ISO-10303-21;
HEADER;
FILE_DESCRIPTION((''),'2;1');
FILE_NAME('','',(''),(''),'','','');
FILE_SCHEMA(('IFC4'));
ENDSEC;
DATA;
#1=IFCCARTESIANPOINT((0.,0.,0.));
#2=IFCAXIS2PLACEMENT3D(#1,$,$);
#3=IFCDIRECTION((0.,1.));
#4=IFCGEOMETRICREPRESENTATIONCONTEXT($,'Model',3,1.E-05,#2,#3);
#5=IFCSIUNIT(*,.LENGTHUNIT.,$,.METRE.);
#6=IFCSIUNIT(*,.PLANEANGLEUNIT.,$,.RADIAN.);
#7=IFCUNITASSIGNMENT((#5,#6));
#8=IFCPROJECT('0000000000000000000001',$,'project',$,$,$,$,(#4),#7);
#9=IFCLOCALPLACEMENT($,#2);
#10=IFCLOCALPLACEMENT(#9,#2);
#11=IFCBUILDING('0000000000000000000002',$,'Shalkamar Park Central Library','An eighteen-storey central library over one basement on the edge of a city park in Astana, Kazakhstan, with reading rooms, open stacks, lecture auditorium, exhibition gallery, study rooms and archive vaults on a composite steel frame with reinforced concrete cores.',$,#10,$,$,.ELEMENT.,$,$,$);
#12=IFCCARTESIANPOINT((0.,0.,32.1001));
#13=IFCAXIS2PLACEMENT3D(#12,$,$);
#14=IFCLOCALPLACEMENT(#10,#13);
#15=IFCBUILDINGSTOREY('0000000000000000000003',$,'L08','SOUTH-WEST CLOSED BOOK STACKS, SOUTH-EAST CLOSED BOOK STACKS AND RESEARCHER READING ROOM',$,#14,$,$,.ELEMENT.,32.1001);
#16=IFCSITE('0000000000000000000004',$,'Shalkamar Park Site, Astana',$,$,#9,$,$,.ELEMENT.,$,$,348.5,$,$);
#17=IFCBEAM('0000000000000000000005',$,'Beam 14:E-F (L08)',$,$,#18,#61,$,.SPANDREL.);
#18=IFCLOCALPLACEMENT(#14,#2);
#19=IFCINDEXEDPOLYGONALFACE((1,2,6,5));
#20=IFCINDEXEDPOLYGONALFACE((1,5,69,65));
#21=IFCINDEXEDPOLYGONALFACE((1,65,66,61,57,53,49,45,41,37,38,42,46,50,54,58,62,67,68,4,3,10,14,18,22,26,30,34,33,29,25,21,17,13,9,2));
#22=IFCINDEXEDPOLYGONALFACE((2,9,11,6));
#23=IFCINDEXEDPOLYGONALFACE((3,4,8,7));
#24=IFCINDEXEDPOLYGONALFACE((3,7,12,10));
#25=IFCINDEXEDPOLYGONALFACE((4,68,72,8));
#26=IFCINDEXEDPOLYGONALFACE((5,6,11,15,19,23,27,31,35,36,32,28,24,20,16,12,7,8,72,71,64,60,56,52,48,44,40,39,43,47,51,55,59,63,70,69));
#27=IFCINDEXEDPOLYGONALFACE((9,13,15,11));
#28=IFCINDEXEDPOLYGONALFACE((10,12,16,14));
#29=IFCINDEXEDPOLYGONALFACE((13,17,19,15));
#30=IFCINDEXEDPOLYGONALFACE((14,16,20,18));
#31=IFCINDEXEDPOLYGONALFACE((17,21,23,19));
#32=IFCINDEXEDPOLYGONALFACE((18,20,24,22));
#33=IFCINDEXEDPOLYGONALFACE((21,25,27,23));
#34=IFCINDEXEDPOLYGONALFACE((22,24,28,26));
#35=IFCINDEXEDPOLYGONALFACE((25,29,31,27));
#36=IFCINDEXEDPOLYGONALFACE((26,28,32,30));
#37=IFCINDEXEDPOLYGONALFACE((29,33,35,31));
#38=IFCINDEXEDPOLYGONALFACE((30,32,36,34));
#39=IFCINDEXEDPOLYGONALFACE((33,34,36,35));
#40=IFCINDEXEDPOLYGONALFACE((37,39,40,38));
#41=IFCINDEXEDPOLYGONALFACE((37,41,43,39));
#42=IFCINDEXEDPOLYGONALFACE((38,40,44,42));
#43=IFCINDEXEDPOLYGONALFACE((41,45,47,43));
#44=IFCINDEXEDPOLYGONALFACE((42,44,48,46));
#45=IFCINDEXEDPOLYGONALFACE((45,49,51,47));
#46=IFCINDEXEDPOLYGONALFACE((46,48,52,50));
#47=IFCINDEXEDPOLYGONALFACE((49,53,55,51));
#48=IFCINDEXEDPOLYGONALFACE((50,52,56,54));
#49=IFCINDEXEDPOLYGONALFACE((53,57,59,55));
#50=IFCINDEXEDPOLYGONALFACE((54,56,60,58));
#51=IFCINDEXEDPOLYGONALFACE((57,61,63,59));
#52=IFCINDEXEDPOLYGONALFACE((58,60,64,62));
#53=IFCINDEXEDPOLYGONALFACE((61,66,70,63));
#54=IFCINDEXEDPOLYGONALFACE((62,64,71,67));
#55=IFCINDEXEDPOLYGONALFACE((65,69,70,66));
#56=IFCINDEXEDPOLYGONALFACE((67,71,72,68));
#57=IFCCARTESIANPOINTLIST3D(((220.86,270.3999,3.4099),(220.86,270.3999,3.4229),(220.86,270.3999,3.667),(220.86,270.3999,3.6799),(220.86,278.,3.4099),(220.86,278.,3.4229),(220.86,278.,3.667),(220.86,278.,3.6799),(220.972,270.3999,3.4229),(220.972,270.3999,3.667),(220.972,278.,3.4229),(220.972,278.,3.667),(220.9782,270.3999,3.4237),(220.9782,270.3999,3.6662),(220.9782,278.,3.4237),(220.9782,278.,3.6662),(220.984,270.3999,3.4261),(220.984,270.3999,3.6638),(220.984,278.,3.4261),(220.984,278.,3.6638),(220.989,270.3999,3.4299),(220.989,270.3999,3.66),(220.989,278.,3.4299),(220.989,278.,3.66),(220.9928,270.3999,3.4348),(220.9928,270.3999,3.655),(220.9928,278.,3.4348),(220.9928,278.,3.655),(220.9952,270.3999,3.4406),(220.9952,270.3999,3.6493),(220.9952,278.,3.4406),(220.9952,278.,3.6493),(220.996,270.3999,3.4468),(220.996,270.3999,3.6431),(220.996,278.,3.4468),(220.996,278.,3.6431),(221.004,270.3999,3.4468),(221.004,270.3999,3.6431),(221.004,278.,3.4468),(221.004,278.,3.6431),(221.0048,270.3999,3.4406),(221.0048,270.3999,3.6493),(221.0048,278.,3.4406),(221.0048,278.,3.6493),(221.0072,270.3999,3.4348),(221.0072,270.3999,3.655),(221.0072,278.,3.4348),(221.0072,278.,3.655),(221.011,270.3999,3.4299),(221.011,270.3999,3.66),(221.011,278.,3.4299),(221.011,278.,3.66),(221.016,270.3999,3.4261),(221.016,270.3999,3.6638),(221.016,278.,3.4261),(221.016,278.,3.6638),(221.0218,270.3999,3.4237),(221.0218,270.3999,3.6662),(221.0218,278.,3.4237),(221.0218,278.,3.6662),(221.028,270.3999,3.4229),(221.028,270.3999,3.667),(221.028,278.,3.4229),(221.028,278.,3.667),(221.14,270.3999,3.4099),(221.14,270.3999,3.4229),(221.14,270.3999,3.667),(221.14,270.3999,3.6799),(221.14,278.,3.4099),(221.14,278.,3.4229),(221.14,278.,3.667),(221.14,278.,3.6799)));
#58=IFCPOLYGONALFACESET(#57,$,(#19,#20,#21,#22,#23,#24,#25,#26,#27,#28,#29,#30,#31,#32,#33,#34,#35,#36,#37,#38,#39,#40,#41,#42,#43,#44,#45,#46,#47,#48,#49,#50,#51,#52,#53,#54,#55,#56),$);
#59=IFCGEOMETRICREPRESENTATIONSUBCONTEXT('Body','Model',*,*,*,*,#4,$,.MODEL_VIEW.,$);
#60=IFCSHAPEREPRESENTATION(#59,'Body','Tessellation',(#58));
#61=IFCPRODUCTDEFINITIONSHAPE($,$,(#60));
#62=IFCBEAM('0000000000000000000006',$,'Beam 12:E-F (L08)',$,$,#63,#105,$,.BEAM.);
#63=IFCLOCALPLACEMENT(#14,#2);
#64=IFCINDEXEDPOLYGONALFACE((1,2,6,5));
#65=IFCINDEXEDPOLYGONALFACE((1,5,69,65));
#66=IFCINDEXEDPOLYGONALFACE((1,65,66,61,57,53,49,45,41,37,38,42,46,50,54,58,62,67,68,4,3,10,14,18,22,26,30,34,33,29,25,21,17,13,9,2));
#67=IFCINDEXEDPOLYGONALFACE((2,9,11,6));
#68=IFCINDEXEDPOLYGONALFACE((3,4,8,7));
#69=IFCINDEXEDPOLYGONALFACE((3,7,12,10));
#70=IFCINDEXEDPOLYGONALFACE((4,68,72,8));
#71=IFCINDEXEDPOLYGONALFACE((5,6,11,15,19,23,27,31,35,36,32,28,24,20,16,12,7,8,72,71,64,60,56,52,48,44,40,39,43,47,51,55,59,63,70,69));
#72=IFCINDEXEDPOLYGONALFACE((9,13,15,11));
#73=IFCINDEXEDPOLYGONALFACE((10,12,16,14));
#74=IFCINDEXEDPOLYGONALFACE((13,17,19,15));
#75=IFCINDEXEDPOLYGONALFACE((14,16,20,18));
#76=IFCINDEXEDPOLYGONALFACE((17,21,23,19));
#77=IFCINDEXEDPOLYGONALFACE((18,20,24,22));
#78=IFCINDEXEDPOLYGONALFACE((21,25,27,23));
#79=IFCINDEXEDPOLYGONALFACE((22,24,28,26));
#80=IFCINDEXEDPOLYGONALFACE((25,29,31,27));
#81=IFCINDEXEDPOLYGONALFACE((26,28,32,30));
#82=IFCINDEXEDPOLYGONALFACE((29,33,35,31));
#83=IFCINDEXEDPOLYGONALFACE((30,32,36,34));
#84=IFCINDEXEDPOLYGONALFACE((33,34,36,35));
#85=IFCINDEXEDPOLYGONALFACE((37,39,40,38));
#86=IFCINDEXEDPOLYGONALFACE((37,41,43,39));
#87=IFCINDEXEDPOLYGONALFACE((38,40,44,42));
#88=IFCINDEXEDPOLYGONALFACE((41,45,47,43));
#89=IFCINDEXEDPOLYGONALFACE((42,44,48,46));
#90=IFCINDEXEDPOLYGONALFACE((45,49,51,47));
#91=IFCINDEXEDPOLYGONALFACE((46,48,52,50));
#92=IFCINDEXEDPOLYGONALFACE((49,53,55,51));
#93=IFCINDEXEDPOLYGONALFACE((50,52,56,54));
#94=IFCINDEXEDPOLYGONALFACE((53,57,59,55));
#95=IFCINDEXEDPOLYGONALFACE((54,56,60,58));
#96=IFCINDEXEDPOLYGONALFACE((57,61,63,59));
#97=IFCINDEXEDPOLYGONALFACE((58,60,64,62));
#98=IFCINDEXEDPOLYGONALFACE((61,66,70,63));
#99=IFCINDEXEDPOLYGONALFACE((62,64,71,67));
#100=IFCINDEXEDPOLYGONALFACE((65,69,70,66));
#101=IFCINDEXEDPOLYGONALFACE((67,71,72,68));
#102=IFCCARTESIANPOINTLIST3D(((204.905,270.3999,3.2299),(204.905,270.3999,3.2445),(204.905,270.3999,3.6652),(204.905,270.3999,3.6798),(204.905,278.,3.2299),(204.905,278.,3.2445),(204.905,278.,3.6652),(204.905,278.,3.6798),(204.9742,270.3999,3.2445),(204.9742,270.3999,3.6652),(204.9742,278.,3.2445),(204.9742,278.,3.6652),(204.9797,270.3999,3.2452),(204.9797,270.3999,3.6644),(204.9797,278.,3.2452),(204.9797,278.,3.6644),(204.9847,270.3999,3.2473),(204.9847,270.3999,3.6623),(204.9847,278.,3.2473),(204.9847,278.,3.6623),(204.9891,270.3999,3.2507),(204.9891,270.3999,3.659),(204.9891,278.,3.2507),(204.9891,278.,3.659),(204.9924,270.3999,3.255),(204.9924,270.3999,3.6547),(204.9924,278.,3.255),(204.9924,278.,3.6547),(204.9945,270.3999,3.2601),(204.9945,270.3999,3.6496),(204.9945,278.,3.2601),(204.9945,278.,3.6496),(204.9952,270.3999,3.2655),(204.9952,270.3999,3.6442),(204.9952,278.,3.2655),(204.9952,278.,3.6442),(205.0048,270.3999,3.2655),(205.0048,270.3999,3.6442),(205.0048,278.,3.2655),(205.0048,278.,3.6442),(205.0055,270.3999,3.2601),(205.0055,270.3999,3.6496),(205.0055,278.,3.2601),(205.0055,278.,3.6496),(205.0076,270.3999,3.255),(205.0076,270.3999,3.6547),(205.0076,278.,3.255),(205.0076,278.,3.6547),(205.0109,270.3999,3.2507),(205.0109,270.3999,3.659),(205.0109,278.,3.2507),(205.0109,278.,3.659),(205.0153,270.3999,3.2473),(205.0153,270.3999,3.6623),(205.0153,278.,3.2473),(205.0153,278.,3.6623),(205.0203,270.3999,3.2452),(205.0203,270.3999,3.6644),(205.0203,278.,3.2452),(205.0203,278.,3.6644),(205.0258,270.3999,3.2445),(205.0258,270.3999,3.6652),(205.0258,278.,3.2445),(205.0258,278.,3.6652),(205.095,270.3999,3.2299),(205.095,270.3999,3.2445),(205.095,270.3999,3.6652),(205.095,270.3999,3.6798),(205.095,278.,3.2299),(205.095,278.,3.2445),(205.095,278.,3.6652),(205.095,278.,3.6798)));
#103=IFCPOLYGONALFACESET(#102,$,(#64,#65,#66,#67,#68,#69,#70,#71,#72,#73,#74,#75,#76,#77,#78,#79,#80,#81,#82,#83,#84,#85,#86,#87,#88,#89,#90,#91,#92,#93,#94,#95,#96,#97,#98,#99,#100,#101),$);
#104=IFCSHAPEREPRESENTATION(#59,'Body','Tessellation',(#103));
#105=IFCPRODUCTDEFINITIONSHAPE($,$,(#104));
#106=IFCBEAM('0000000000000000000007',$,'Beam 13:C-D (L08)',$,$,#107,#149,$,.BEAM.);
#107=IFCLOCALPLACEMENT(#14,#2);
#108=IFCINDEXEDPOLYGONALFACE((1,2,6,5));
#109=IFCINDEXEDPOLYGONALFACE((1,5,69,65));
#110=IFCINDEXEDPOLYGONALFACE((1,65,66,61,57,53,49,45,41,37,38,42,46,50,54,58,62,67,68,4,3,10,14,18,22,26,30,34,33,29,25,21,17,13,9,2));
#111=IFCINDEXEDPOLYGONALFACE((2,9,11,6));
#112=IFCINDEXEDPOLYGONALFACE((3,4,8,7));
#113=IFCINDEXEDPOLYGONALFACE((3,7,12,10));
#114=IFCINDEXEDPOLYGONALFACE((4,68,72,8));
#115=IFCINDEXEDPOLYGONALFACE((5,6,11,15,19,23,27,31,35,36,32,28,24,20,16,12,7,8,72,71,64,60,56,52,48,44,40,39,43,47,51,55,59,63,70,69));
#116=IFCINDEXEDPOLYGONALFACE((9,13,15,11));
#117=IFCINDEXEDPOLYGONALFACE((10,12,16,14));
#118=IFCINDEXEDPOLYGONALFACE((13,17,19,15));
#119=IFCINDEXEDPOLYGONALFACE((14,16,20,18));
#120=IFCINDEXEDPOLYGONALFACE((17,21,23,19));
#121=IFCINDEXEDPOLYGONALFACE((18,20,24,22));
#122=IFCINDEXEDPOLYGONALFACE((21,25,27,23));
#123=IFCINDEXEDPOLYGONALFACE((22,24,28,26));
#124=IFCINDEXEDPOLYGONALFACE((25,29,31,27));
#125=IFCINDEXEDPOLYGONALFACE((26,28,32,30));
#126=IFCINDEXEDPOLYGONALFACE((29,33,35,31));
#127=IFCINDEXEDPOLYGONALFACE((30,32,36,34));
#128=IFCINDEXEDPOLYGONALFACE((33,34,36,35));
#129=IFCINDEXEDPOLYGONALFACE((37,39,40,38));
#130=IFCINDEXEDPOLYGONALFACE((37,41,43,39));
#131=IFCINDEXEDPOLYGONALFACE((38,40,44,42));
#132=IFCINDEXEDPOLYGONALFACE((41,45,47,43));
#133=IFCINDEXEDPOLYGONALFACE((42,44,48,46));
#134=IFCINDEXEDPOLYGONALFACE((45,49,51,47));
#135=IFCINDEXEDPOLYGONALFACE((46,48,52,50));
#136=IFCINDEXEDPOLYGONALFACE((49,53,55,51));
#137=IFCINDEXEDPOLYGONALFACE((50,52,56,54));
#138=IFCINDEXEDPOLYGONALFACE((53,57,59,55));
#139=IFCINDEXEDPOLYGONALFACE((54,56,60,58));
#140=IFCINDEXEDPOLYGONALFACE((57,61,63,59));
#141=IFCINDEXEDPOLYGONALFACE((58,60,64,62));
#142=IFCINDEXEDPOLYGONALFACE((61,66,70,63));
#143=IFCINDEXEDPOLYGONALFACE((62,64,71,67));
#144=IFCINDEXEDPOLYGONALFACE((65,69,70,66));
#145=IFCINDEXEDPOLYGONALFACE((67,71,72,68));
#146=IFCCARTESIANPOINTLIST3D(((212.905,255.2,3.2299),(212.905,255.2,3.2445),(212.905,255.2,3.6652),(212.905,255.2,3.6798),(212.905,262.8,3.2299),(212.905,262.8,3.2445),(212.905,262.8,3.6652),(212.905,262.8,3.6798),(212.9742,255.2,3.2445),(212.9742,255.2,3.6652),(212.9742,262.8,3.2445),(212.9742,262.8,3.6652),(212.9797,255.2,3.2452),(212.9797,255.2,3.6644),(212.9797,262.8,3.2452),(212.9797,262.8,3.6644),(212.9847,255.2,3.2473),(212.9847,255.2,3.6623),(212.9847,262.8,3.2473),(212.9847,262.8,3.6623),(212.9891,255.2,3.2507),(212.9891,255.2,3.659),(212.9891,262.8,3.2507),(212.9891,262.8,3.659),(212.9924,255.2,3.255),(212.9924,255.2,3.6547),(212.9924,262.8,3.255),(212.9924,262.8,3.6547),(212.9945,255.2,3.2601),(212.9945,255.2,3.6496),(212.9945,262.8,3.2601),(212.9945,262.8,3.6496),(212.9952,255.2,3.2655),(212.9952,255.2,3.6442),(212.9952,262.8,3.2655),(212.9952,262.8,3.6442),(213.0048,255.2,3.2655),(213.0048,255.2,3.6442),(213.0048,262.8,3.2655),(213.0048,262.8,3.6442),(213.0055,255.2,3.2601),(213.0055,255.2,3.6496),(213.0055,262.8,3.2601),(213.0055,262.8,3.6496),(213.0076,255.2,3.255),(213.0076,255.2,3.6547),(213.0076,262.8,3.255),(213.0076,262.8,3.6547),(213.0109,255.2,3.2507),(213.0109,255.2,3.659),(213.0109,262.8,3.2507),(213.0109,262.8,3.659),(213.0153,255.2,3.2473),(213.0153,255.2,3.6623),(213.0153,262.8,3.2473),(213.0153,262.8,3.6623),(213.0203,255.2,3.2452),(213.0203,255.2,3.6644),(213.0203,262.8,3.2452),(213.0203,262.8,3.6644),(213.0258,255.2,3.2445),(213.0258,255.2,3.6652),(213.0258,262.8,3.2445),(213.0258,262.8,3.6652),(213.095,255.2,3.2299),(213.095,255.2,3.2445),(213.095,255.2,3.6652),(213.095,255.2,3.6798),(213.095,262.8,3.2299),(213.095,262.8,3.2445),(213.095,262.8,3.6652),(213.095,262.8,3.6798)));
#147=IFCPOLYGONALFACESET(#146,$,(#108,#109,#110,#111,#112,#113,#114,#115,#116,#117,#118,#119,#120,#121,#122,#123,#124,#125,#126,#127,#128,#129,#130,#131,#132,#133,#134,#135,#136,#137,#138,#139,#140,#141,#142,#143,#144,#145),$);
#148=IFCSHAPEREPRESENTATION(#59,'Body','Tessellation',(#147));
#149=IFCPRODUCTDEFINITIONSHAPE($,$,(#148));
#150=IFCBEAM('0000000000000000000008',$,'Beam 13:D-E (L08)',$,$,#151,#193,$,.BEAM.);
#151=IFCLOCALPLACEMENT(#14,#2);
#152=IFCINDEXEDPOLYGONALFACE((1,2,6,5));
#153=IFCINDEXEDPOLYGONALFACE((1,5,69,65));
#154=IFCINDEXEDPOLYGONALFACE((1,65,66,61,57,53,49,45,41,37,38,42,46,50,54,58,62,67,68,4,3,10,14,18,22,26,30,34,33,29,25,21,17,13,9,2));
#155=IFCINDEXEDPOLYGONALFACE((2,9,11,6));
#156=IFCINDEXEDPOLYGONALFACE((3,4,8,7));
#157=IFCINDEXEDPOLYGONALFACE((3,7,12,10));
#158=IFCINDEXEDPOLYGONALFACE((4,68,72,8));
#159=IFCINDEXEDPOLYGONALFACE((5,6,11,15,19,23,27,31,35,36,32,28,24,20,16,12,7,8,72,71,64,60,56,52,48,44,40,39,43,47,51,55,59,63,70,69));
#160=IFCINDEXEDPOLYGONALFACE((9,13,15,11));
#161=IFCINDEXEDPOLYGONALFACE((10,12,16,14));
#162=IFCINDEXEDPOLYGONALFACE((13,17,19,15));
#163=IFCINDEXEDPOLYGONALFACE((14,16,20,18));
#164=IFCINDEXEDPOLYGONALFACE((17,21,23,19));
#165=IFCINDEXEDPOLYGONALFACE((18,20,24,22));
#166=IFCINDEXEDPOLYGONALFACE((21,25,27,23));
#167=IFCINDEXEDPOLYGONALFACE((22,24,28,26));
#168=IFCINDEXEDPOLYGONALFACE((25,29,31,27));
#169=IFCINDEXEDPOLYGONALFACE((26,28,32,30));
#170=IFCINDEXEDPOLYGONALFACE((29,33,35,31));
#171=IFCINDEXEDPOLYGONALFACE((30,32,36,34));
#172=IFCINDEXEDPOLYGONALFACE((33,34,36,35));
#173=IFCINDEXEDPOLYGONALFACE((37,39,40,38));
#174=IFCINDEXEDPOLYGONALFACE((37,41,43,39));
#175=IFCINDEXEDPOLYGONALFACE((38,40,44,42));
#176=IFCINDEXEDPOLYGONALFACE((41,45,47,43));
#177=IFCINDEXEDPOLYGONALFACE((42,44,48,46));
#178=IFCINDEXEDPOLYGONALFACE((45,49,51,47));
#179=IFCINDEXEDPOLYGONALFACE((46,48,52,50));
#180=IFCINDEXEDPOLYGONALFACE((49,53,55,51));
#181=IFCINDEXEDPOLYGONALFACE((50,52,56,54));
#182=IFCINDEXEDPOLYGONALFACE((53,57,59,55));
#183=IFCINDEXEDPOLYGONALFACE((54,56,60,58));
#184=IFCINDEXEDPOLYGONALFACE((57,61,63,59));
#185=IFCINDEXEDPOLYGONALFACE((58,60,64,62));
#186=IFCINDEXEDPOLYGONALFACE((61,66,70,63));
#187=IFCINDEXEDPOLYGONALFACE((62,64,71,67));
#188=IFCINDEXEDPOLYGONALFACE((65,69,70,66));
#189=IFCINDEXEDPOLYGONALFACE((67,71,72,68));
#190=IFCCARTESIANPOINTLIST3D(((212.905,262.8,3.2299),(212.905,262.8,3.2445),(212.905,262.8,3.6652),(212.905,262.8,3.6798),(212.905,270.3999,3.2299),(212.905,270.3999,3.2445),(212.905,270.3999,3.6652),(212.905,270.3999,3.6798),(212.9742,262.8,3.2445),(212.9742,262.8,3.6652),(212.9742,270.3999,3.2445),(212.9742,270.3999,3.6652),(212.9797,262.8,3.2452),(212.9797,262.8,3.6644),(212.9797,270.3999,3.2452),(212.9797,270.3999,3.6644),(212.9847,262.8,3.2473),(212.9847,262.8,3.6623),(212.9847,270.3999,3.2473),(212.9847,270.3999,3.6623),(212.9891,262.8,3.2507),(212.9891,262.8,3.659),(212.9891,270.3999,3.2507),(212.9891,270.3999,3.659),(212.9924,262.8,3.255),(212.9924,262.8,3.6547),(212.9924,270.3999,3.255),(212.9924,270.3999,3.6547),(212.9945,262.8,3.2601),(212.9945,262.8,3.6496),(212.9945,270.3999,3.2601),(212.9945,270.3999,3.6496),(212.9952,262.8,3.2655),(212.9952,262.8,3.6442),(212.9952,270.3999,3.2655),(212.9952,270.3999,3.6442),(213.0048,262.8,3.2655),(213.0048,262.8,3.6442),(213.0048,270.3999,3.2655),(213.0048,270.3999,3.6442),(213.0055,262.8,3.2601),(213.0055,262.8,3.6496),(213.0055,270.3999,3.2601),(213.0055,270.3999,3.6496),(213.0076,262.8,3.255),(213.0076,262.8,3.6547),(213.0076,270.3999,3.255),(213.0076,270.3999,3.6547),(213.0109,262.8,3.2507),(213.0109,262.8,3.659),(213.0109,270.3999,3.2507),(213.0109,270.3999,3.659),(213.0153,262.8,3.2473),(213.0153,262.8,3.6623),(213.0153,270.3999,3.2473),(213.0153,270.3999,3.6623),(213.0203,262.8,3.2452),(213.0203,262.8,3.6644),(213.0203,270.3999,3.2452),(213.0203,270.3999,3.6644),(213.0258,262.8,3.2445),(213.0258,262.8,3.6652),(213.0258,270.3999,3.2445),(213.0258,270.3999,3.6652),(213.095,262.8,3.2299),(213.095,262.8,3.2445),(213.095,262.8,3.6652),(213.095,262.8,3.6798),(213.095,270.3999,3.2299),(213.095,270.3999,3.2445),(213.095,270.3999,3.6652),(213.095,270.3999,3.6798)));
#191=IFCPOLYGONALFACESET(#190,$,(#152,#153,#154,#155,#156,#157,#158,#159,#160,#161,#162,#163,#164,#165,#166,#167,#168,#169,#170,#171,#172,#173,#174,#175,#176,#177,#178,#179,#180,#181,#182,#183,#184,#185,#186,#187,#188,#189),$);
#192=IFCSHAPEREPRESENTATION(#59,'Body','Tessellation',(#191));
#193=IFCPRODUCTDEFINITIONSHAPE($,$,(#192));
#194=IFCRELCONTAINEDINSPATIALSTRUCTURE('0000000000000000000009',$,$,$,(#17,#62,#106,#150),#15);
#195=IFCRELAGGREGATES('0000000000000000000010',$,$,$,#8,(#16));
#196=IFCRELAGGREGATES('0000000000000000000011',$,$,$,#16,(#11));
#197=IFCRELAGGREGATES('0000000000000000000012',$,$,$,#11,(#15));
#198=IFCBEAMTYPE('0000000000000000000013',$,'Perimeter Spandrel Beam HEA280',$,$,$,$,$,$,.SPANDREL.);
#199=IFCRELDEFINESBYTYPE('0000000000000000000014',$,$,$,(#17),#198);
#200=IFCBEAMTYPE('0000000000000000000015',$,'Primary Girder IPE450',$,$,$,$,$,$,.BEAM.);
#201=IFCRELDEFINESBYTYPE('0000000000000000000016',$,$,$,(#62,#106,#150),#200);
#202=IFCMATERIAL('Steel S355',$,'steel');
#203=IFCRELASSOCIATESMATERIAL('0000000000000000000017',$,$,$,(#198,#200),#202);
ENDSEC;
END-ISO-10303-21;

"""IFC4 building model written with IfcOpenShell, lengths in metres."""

from ifc_helpers import new_model, si_unit, direction, frame, origin, origin_2d, place, context, subcontext, project, spatial, i_section, extrude, material, material_profile, profile_set, type_object, element, save


model = new_model("IFC4")

# Units and contexts
model_context = context("Model", 3, precision=1e-05, world=origin(), true_north=direction((0.0, 1.0)))
body_context = subcontext(model_context, "Body", "Model", "MODEL_VIEW")
ifc_project = project(units=[si_unit("LENGTHUNIT", "METRE"), si_unit("PLANEANGLEUNIT", "RADIAN")], contexts=[model_context])

# Site, building, storey
site_placement = place(None, origin())
site = spatial("IfcSite", under=ifc_project, at=site_placement, Name="Shalkamar Park Site, Astana", CompositionType="ELEMENT", RefElevation=348.5)
building_placement = place(site_placement, origin())
building = spatial("IfcBuilding", under=site, at=building_placement, Name="Shalkamar Park Central Library", Description="An eighteen-storey central library over one basement on the edge of a city park in Astana, Kazakhstan, with reading rooms, open stacks, lecture auditorium, exhibition gallery, study rooms and archive vaults on a composite steel frame with reinforced concrete cores.", CompositionType="ELEMENT")
storey_placement = place(building_placement, frame((0.0, 0.0, 32.1001)))
storey = spatial("IfcBuildingStorey", under=building, at=storey_placement, Name="L08", Description="SOUTH-WEST CLOSED BOOK STACKS, SOUTH-EAST CLOSED BOOK STACKS AND RESEARCHER READING ROOM", CompositionType="ELEMENT", Elevation=32.1001)

# Shared definitions
ifc_material_1 = material(Name="Steel S355", Category="steel")

# Beams
ifc_material_profile_1 = material_profile(ifc_material_1, i_section(OverallWidth=0.28, OverallDepth=0.27, WebThickness=0.0081, FlangeThickness=0.0129, FilletRadius=0.0239, at=origin_2d()), Name="HEA 280")
ifc_profile_set_1 = profile_set([ifc_material_profile_1], Name="Steel S355")
beam_type_1 = type_object("IfcBeamType", Name="Perimeter Spandrel Beam HEA280", PredefinedType="SPANDREL", material=ifc_profile_set_1)
beam_1_placement = place(storey_placement, frame((221.0, 270.3999, 3.5449), z_axis=(0.0, 1.0, 0.0), x_axis=(-1.0, 0.0, 0.0)))
element("IfcBeam", 1, at=beam_1_placement, inside=storey, type_object=beam_type_1, Name="Beam 14:E-F (L08)", PredefinedType="SPANDREL", context=body_context, shape_type="SweptSolid", body=[
    extrude(i_section(OverallWidth=0.28, OverallDepth=0.27, WebThickness=0.0081, FlangeThickness=0.0129, FilletRadius=0.0239, at=origin_2d()), origin(), (0.0, 0.0, 1.0), 7.6001),
])
ifc_material_profile_2 = material_profile(ifc_material_1, i_section(OverallWidth=0.1899, OverallDepth=0.45, WebThickness=0.0095, FlangeThickness=0.0146, FilletRadius=0.021, at=origin_2d()), Name="IPE 450")
ifc_profile_set_2 = profile_set([ifc_material_profile_2], Name="Steel S355")
beam_type_2 = type_object("IfcBeamType", Name="Primary Girder IPE450", PredefinedType="BEAM", material=ifc_profile_set_2)
for number, where, z_axis, x_axis, name in (
    (2, (205.0, 270.3999, 3.4548), (0.0, 1.0, 0.0), (-1.0, 0.0, 0.0), "Beam 12:E-F (L08)"),
    (3, (213.0, 255.2, 3.4548), (0.0, 1.0, 0.0), (-1.0, 0.0, 0.0), "Beam 13:C-D (L08)"),
):
    element("IfcBeam", number, at=place(storey_placement, frame(where, z_axis=z_axis, x_axis=x_axis)), inside=storey, type_object=beam_type_2, Name=name, PredefinedType="BEAM", context=body_context, shape_type="SweptSolid", body=[
        extrude(i_section(OverallWidth=0.1899, OverallDepth=0.45, WebThickness=0.0095, FlangeThickness=0.0146, FilletRadius=0.021, at=origin_2d()), origin(), (0.0, 0.0, 1.0), 7.6001),
    ])
beam_2_placement = place(storey_placement, frame((213.0, 262.8, 3.4548), z_axis=(0.0, 1.0, 0.0), x_axis=(-1.0, 0.0, 0.0)))
element("IfcBeam", 4, at=beam_2_placement, inside=storey, type_object=beam_type_2, Name="Beam 13:D-E (L08)", PredefinedType="BEAM", context=body_context, shape_type="SweptSolid", body=[
    extrude(i_section(OverallWidth=0.1899, OverallDepth=0.45, WebThickness=0.0095, FlangeThickness=0.0146, FilletRadius=0.021, at=origin_2d()), origin(), (0.0, 0.0, 1.0), 7.5999),
])

save(model, "model.ifc")
